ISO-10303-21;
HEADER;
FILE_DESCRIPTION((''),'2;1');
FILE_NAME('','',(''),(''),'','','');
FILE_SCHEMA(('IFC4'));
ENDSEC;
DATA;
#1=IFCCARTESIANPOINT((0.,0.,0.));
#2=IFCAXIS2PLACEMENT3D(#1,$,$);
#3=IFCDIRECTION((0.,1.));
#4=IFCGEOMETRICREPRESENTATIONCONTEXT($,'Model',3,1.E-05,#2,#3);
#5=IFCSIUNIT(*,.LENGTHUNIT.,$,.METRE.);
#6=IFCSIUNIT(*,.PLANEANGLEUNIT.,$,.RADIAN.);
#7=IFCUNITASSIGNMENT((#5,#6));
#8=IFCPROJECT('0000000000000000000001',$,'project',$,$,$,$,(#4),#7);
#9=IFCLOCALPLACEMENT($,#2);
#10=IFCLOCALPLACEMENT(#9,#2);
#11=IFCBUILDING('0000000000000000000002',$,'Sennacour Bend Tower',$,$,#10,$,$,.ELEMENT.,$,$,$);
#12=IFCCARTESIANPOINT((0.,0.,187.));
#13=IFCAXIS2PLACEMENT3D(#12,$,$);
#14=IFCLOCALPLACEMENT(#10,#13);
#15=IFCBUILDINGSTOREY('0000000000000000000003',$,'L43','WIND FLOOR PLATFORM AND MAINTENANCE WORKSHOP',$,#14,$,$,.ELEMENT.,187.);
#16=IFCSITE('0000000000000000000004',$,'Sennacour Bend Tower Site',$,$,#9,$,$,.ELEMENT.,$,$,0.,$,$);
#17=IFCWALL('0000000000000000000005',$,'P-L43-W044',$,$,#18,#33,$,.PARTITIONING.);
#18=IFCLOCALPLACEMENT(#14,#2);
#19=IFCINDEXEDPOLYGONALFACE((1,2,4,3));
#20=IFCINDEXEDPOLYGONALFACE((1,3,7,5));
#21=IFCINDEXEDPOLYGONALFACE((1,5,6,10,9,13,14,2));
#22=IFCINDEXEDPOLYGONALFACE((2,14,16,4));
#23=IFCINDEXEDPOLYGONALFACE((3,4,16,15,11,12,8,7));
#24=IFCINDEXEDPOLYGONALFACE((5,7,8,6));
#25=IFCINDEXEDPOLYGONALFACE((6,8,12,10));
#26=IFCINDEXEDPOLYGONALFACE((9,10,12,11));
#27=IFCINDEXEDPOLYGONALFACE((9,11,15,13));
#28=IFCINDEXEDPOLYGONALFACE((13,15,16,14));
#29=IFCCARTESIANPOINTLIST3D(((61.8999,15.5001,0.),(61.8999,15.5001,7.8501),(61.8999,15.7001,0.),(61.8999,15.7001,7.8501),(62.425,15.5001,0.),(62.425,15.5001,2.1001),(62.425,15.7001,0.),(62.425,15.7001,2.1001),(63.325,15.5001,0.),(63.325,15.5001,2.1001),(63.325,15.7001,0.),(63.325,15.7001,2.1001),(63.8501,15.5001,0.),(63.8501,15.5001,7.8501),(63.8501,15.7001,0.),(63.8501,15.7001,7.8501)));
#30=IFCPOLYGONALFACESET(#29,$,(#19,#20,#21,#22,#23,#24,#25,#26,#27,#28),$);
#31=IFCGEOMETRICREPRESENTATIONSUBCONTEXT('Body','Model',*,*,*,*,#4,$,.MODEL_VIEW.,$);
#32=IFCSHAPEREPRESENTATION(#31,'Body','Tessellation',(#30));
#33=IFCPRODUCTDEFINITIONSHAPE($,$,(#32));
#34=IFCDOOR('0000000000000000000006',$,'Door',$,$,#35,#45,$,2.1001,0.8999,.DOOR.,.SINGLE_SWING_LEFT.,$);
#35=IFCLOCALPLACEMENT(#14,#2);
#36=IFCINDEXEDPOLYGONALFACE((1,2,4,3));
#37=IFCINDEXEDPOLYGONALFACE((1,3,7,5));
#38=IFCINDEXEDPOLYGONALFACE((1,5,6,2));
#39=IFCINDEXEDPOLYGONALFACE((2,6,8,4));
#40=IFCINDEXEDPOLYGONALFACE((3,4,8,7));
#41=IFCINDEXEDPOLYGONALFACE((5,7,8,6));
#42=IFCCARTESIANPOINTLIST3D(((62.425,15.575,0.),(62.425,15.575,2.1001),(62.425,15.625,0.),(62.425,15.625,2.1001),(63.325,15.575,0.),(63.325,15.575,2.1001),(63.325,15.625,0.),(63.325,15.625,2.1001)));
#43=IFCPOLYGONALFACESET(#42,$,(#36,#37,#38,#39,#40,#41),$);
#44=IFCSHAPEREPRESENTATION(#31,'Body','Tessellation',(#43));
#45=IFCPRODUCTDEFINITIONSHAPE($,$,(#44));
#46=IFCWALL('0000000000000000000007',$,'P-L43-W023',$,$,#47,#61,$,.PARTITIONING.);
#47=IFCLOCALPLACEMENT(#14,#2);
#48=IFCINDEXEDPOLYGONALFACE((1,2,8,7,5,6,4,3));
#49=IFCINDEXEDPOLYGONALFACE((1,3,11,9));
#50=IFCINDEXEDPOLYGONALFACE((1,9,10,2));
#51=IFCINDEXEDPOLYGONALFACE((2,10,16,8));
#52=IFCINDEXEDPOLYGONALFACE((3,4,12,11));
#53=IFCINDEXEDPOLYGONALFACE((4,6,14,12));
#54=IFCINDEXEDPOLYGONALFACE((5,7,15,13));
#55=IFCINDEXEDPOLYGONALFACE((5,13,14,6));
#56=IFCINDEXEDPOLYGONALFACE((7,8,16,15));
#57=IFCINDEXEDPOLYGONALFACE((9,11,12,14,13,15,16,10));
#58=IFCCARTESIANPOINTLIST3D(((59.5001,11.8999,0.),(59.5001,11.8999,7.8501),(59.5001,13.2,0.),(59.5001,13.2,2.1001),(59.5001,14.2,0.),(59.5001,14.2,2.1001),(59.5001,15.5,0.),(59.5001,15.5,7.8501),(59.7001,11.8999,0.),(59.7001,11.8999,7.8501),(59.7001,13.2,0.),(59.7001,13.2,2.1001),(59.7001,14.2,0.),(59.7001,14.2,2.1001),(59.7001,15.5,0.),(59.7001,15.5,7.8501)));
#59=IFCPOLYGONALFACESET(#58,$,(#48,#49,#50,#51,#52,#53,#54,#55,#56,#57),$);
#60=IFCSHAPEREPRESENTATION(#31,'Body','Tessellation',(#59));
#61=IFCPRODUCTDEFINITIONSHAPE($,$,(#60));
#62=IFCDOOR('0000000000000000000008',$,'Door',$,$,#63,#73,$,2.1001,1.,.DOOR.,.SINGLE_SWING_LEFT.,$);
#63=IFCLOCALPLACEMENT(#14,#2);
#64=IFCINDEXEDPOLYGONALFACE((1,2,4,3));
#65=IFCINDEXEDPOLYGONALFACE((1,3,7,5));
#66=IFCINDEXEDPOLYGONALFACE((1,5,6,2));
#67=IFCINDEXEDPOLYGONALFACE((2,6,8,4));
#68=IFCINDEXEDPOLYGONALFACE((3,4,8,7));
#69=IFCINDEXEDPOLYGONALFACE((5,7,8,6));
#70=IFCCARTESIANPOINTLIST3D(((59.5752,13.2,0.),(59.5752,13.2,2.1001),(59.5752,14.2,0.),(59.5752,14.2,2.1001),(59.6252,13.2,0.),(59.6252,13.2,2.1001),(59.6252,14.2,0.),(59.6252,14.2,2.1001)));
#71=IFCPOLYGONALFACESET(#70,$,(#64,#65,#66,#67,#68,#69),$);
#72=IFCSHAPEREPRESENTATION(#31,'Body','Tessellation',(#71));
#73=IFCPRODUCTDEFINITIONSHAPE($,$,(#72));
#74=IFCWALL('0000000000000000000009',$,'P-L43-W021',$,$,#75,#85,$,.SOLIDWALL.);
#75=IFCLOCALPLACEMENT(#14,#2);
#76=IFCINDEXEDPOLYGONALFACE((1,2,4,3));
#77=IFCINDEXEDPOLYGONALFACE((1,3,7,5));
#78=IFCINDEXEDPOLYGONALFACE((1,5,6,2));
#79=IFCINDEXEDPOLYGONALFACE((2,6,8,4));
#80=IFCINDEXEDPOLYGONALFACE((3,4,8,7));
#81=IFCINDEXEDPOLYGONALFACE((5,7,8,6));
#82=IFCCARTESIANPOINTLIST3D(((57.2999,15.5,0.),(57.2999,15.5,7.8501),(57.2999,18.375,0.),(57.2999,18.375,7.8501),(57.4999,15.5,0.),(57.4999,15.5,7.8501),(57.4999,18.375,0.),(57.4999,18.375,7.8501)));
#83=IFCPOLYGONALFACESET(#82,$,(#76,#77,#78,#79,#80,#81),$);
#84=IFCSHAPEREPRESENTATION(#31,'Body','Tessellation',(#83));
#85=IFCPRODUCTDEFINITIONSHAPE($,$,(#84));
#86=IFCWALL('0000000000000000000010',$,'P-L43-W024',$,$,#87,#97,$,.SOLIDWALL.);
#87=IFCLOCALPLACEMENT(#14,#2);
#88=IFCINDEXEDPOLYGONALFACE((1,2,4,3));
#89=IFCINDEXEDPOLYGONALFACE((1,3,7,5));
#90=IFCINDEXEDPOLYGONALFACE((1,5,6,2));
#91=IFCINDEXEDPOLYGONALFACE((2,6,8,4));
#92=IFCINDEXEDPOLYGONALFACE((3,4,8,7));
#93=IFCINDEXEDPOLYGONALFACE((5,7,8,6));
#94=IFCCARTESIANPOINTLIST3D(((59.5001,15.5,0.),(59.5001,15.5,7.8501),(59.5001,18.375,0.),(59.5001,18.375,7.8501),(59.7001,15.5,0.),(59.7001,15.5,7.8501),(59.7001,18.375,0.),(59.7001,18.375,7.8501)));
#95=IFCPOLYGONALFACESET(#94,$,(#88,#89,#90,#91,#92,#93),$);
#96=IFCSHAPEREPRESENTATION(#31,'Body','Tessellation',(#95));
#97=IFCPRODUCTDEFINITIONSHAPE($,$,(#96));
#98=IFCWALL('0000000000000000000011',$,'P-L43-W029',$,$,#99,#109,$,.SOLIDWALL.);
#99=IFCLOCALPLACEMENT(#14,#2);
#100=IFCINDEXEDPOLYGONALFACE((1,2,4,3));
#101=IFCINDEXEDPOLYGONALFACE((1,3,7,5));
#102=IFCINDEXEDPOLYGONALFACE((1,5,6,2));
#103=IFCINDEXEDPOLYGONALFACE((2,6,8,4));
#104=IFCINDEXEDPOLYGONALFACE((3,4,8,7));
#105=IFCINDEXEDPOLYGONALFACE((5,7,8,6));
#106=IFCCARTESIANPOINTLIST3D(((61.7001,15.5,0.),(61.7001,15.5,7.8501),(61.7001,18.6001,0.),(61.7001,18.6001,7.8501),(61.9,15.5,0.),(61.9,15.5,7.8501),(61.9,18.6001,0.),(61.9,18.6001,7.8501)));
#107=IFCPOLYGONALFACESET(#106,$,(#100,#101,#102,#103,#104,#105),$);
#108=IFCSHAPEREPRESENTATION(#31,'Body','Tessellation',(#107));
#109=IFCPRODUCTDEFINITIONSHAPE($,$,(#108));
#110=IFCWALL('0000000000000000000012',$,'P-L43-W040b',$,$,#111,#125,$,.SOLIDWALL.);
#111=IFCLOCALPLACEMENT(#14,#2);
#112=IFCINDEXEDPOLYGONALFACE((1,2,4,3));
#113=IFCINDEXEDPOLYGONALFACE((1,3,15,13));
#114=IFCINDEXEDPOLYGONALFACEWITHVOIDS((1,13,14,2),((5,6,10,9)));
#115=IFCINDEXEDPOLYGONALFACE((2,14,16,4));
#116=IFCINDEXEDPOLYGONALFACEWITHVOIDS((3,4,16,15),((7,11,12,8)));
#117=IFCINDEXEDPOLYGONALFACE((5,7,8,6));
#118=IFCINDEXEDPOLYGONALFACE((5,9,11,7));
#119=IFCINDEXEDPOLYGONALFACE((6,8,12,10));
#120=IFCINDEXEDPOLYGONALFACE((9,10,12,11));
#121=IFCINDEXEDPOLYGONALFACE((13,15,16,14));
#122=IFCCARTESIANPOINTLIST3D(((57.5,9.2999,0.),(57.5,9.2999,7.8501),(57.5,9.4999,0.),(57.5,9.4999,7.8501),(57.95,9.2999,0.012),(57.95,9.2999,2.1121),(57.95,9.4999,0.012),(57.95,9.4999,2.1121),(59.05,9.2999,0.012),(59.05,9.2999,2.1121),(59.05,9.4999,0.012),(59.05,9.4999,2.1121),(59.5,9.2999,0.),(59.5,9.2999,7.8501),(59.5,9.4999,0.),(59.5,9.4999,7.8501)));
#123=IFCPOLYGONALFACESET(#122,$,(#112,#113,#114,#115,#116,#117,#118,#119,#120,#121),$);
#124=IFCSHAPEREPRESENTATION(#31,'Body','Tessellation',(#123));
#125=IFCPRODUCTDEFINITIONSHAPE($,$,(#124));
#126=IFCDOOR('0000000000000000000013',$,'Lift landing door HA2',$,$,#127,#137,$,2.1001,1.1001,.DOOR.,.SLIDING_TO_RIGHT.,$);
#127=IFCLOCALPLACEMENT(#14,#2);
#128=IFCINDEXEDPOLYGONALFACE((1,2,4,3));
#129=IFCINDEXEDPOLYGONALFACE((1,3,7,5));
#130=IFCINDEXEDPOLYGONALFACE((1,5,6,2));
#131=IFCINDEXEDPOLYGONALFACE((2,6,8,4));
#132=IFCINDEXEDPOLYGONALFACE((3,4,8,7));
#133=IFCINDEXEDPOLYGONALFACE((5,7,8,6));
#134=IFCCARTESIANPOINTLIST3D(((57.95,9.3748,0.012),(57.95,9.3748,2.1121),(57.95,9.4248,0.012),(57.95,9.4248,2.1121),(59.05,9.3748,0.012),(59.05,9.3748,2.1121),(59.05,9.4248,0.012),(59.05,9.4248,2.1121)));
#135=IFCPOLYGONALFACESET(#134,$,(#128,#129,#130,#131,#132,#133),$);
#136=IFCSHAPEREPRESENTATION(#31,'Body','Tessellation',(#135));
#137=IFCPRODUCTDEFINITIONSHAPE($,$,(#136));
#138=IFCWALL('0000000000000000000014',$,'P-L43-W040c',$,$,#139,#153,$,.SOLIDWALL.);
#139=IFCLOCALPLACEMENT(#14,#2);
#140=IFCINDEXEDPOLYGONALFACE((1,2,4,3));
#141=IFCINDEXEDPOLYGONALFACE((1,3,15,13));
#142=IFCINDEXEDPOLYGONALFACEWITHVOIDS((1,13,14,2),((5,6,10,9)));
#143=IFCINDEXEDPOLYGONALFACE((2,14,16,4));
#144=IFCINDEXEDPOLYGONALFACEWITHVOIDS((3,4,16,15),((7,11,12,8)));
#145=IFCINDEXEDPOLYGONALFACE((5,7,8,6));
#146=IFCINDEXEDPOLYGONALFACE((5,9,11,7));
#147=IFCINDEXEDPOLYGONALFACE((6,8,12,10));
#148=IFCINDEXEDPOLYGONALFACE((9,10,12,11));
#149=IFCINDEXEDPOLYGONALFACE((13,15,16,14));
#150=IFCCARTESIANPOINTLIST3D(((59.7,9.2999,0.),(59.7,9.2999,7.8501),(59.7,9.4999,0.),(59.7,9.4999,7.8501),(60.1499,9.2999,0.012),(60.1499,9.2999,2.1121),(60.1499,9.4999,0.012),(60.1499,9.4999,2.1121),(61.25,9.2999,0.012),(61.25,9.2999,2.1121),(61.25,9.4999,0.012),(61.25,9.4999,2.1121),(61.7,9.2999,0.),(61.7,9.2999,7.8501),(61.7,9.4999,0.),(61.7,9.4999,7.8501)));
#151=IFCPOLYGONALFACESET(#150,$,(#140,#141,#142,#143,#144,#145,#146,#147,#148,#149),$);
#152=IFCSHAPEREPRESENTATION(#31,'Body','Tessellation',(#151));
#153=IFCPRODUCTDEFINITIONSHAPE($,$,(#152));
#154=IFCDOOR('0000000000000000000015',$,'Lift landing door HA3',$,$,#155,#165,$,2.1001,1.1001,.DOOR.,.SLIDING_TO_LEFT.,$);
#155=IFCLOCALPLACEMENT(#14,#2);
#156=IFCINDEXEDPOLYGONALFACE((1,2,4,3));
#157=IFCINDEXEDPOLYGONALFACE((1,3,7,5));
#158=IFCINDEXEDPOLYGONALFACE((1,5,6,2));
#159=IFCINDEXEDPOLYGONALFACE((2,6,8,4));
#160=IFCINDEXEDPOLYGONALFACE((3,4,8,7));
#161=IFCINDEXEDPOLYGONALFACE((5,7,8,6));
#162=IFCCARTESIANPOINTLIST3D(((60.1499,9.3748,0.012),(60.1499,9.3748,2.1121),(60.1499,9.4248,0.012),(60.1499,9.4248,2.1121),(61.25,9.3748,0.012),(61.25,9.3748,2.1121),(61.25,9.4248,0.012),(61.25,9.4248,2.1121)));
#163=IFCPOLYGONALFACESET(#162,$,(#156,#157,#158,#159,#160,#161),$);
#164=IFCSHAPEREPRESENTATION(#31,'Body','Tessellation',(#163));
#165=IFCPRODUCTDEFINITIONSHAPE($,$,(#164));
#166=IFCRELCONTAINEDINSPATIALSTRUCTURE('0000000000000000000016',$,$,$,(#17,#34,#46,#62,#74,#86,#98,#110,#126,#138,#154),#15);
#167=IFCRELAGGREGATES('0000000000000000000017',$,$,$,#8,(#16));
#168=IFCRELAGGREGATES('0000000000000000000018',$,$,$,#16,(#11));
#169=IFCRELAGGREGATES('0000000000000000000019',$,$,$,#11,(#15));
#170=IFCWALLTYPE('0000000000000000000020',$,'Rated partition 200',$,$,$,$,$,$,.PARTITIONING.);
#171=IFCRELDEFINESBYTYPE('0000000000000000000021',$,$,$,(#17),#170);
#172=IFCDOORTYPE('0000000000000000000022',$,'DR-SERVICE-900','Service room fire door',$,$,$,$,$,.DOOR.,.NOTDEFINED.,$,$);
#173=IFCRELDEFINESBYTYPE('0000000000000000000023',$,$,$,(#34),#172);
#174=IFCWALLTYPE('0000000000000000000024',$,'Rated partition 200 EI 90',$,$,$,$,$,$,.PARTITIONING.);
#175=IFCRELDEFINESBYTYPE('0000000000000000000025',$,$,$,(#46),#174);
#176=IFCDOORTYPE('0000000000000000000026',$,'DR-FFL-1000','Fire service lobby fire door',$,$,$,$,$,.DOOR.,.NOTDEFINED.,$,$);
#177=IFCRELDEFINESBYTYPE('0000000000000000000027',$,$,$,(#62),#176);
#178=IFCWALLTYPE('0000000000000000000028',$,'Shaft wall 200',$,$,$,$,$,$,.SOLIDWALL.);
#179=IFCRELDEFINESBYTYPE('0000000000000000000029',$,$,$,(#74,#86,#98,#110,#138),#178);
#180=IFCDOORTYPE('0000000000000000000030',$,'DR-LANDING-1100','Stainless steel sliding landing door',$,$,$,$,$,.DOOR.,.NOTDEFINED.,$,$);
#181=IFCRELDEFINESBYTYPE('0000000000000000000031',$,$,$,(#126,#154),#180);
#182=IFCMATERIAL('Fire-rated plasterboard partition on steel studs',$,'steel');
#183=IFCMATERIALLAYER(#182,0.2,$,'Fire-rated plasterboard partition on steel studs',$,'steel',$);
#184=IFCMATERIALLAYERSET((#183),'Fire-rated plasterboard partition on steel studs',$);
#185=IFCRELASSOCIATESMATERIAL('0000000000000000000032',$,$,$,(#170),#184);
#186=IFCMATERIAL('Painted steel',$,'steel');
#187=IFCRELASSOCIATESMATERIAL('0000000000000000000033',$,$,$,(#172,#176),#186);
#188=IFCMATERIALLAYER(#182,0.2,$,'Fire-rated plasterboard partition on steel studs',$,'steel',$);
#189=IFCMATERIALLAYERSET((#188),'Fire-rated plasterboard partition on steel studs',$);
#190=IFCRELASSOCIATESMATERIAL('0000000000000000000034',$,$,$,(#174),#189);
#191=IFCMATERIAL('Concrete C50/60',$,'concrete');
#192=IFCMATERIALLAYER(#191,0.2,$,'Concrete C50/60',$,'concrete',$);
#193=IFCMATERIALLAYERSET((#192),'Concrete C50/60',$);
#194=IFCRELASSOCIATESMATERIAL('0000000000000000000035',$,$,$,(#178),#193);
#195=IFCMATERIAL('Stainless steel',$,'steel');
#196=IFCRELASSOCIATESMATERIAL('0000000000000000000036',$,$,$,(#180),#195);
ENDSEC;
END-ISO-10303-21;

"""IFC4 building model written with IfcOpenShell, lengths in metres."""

from ifc_helpers import new_model, si_unit, direction, frame, frame_2d, origin, place, context, subcontext, project, spatial, rectangle, extrude, material, layer, layer_set, type_object, element, fill, save


model = new_model("IFC4")

# Units and contexts
model_context = context("Model", 3, precision=1e-05, world=origin(), true_north=direction((0.0, 1.0)))
body_context = subcontext(model_context, "Body", "Model", "MODEL_VIEW")
ifc_project = project(units=[si_unit("LENGTHUNIT", "METRE"), si_unit("PLANEANGLEUNIT", "RADIAN")], contexts=[model_context])

# Site, building, storey
site_placement = place(None, origin())
site = spatial("IfcSite", under=ifc_project, at=site_placement, Name="Sennacour Bend Tower Site", CompositionType="ELEMENT", RefElevation=0.0)
building_placement = place(site_placement, origin())
building = spatial("IfcBuilding", under=site, at=building_placement, Name="Sennacour Bend Tower", CompositionType="ELEMENT")
storey_placement = place(building_placement, frame((0.0, 0.0, 187.0)))
storey = spatial("IfcBuildingStorey", under=building, at=storey_placement, Name="L43", Description="WIND FLOOR PLATFORM AND MAINTENANCE WORKSHOP", CompositionType="ELEMENT", Elevation=187.0)

# Walls, openings, doors
ifc_material_1 = material(Name="Fire-rated plasterboard partition on steel studs", Category="steel")
ifc_layer_1 = layer(ifc_material_1, 0.2, Name="Fire-rated plasterboard partition on steel studs", Category="steel")
ifc_layer_set_1 = layer_set([ifc_layer_1], Name="Fire-rated plasterboard partition on steel studs")
wall_type_1 = type_object("IfcWallType", Name="Rated partition 200", PredefinedType="PARTITIONING", material=ifc_layer_set_1)
wall_1_placement = place(storey_placement, frame((61.8999, 15.6001, 0.0), z_axis=(0.0, 0.0, 1.0), x_axis=(1.0, 0.0, 0.0)))
wall_1 = element("IfcWall", 1, at=wall_1_placement, inside=storey, type_object=wall_type_1, Name="P-L43-W044", PredefinedType="PARTITIONING", context=body_context, shape_type="SweptSolid", body=[
    extrude(rectangle(XDim=1.9502, YDim=0.2, at=frame_2d((0.9751, 0.0))), origin(), (0.0, 0.0, 1.0), 7.8501),
])
opening_1_placement = place(wall_1_placement, frame((0.5251, 0.0, 0.0)))
opening_1 = element("IfcOpeningElement", 2, at=opening_1_placement, cuts=wall_1, PredefinedType="OPENING", context=body_context, shape_type="SweptSolid", body=[
    extrude(rectangle(XDim=0.8999, YDim=2.1001, at=frame_2d((0.45, 1.05))), frame((0.0, 0.1099, 0.0), z_axis=(0.0, -1.0, 0.0), x_axis=(1.0, 0.0, 0.0)), (0.0, 0.0, 1.0), 0.22),
])
ifc_material_2 = material(Name="Painted steel", Category="steel")
door_type_1 = type_object("IfcDoorType", Name="DR-SERVICE-900", Description="Service room fire door", OperationType="NOTDEFINED", PredefinedType="DOOR", material=ifc_material_2)
door_1_placement = place(opening_1_placement, origin())
door_1 = element("IfcDoor", 3, at=door_1_placement, inside=storey, type_object=door_type_1, Name="Door", OperationType="SINGLE_SWING_LEFT", OverallHeight=2.1001, OverallWidth=0.8999, PredefinedType="DOOR", context=body_context, shape_type="SweptSolid", body=[
    extrude(rectangle(XDim=0.8999, YDim=2.1001, at=frame_2d((0.45, 1.05))), frame((0.0, 0.0249, 0.0), z_axis=(0.0, -1.0, 0.0), x_axis=(1.0, 0.0, 0.0)), (0.0, 0.0, 1.0), 0.05),
])
fill(opening_1, door_1)
ifc_layer_2 = layer(ifc_material_1, 0.2, Name="Fire-rated plasterboard partition on steel studs", Category="steel")
ifc_layer_set_2 = layer_set([ifc_layer_2], Name="Fire-rated plasterboard partition on steel studs")
wall_type_2 = type_object("IfcWallType", Name="Rated partition 200 EI 90", PredefinedType="PARTITIONING", material=ifc_layer_set_2)
wall_2_placement = place(storey_placement, frame((59.6001, 11.8999, 0.0), z_axis=(0.0, 0.0, 1.0), x_axis=(0.0, 1.0, 0.0)))
wall_2 = element("IfcWall", 4, at=wall_2_placement, inside=storey, type_object=wall_type_2, Name="P-L43-W023", PredefinedType="PARTITIONING", context=body_context, shape_type="SweptSolid", body=[
    extrude(rectangle(XDim=3.6001, YDim=0.2, at=frame_2d((1.8, 0.0))), origin(), (0.0, 0.0, 1.0), 7.8501),
])
opening_2_placement = place(wall_2_placement, frame((1.3, 0.0, 0.0)))
opening_2 = element("IfcOpeningElement", 5, at=opening_2_placement, cuts=wall_2, PredefinedType="OPENING", context=body_context, shape_type="SweptSolid", body=[
    extrude(rectangle(XDim=1.0, YDim=2.1001, at=frame_2d((0.5, 1.05))), frame((0.0, 0.1099, 0.0), z_axis=(0.0, -1.0, 0.0), x_axis=(1.0, 0.0, 0.0)), (0.0, 0.0, 1.0), 0.22),
])
door_type_2 = type_object("IfcDoorType", Name="DR-FFL-1000", Description="Fire service lobby fire door", OperationType="NOTDEFINED", PredefinedType="DOOR", material=ifc_material_2)
door_2_placement = place(opening_2_placement, origin())
door_2 = element("IfcDoor", 6, at=door_2_placement, inside=storey, type_object=door_type_2, Name="Door", OperationType="SINGLE_SWING_LEFT", OverallHeight=2.1001, OverallWidth=1.0, PredefinedType="DOOR", context=body_context, shape_type="SweptSolid", body=[
    extrude(rectangle(XDim=1.0, YDim=2.1001, at=frame_2d((0.5, 1.05))), frame((0.0, 0.0249, 0.0), z_axis=(0.0, -1.0, 0.0), x_axis=(1.0, 0.0, 0.0)), (0.0, 0.0, 1.0), 0.05),
])
fill(opening_2, door_2)

# Walls
ifc_material_3 = material(Name="Concrete C50/60", Category="concrete")
ifc_layer_3 = layer(ifc_material_3, 0.2, Name="Concrete C50/60", Category="concrete")
ifc_layer_set_3 = layer_set([ifc_layer_3], Name="Concrete C50/60")
wall_type_3 = type_object("IfcWallType", Name="Shaft wall 200", PredefinedType="SOLIDWALL", material=ifc_layer_set_3)
for number, where, z_axis, x_axis, name in (
    (7, (57.3999, 15.5, 0.0), (0.0, 0.0, 1.0), (0.0, 1.0, 0.0), "P-L43-W021"),
    (8, (59.6001, 15.5, 0.0), (0.0, 0.0, 1.0), (0.0, 1.0, 0.0), "P-L43-W024"),
):
    element("IfcWall", number, at=place(storey_placement, frame(where, z_axis=z_axis, x_axis=x_axis)), inside=storey, type_object=wall_type_3, Name=name, PredefinedType="SOLIDWALL", context=body_context, shape_type="SweptSolid", body=[
        extrude(rectangle(XDim=2.875, YDim=0.2, at=frame_2d((1.4375, 0.0))), origin(), (0.0, 0.0, 1.0), 7.8501),
    ])
wall_3_placement = place(storey_placement, frame((61.8, 15.5, 0.0), z_axis=(0.0, 0.0, 1.0), x_axis=(0.0, 1.0, 0.0)))
element("IfcWall", 9, at=wall_3_placement, inside=storey, type_object=wall_type_3, Name="P-L43-W029", PredefinedType="SOLIDWALL", context=body_context, shape_type="SweptSolid", body=[
    extrude(rectangle(XDim=3.1001, YDim=0.2, at=frame_2d((1.55, 0.0))), origin(), (0.0, 0.0, 1.0), 7.8501),
])

# Walls, openings, doors
wall_4_placement = place(storey_placement, frame((57.5, 9.3999, 0.0), z_axis=(0.0, 0.0, 1.0), x_axis=(1.0, 0.0, 0.0)))
wall_4 = element("IfcWall", 10, at=wall_4_placement, inside=storey, type_object=wall_type_3, Name="P-L43-W040b", PredefinedType="SOLIDWALL", context=body_context, shape_type="SweptSolid", body=[
    extrude(rectangle(XDim=2.0, YDim=0.2, at=frame_2d((1.0, 0.0))), origin(), (0.0, 0.0, 1.0), 7.8501),
])
opening_3_placement = place(wall_4_placement, frame((0.45, 0.0, 0.012)))
opening_3 = element("IfcOpeningElement", 11, at=opening_3_placement, cuts=wall_4, PredefinedType="OPENING", context=body_context, shape_type="SweptSolid", body=[
    extrude(rectangle(XDim=1.1001, YDim=2.1001, at=frame_2d((0.55, 1.05))), frame((0.0, 0.1099, 0.0), z_axis=(0.0, -1.0, 0.0), x_axis=(1.0, 0.0, 0.0)), (0.0, 0.0, 1.0), 0.22),
])
ifc_material_4 = material(Name="Stainless steel", Category="steel")
door_type_3 = type_object("IfcDoorType", Name="DR-LANDING-1100", Description="Stainless steel sliding landing door", OperationType="NOTDEFINED", PredefinedType="DOOR", material=ifc_material_4)
door_3_placement = place(opening_3_placement, origin())
door_3 = element("IfcDoor", 12, at=door_3_placement, inside=storey, type_object=door_type_3, Name="Lift landing door HA2", OperationType="SLIDING_TO_RIGHT", OverallHeight=2.1001, OverallWidth=1.1001, PredefinedType="DOOR", context=body_context, shape_type="SweptSolid", body=[
    extrude(rectangle(XDim=1.1001, YDim=2.1001, at=frame_2d((0.55, 1.05))), frame((0.0, 0.0249, 0.0), z_axis=(0.0, -1.0, 0.0), x_axis=(1.0, 0.0, 0.0)), (0.0, 0.0, 1.0), 0.05),
])
fill(opening_3, door_3)
wall_5_placement = place(storey_placement, frame((59.7, 9.3999, 0.0), z_axis=(0.0, 0.0, 1.0), x_axis=(1.0, 0.0, 0.0)))
wall_5 = element("IfcWall", 13, at=wall_5_placement, inside=storey, type_object=wall_type_3, Name="P-L43-W040c", PredefinedType="SOLIDWALL", context=body_context, shape_type="SweptSolid", body=[
    extrude(rectangle(XDim=2.0, YDim=0.2, at=frame_2d((1.0, 0.0))), origin(), (0.0, 0.0, 1.0), 7.8501),
])
opening_4_placement = place(wall_5_placement, frame((0.45, 0.0, 0.012)))
opening_4 = element("IfcOpeningElement", 14, at=opening_4_placement, cuts=wall_5, PredefinedType="OPENING", context=body_context, shape_type="SweptSolid", body=[
    extrude(rectangle(XDim=1.1001, YDim=2.1001, at=frame_2d((0.55, 1.05))), frame((0.0, 0.1099, 0.0), z_axis=(0.0, -1.0, 0.0), x_axis=(1.0, 0.0, 0.0)), (0.0, 0.0, 1.0), 0.22),
])
door_4_placement = place(opening_4_placement, origin())
door_4 = element("IfcDoor", 15, at=door_4_placement, inside=storey, type_object=door_type_3, Name="Lift landing door HA3", OperationType="SLIDING_TO_LEFT", OverallHeight=2.1001, OverallWidth=1.1001, PredefinedType="DOOR", context=body_context, shape_type="SweptSolid", body=[
    extrude(rectangle(XDim=1.1001, YDim=2.1001, at=frame_2d((0.55, 1.05))), frame((0.0, 0.0249, 0.0), z_axis=(0.0, -1.0, 0.0), x_axis=(1.0, 0.0, 0.0)), (0.0, 0.0, 1.0), 0.05),
])
fill(opening_4, door_4)

save(model, "model.ifc")
